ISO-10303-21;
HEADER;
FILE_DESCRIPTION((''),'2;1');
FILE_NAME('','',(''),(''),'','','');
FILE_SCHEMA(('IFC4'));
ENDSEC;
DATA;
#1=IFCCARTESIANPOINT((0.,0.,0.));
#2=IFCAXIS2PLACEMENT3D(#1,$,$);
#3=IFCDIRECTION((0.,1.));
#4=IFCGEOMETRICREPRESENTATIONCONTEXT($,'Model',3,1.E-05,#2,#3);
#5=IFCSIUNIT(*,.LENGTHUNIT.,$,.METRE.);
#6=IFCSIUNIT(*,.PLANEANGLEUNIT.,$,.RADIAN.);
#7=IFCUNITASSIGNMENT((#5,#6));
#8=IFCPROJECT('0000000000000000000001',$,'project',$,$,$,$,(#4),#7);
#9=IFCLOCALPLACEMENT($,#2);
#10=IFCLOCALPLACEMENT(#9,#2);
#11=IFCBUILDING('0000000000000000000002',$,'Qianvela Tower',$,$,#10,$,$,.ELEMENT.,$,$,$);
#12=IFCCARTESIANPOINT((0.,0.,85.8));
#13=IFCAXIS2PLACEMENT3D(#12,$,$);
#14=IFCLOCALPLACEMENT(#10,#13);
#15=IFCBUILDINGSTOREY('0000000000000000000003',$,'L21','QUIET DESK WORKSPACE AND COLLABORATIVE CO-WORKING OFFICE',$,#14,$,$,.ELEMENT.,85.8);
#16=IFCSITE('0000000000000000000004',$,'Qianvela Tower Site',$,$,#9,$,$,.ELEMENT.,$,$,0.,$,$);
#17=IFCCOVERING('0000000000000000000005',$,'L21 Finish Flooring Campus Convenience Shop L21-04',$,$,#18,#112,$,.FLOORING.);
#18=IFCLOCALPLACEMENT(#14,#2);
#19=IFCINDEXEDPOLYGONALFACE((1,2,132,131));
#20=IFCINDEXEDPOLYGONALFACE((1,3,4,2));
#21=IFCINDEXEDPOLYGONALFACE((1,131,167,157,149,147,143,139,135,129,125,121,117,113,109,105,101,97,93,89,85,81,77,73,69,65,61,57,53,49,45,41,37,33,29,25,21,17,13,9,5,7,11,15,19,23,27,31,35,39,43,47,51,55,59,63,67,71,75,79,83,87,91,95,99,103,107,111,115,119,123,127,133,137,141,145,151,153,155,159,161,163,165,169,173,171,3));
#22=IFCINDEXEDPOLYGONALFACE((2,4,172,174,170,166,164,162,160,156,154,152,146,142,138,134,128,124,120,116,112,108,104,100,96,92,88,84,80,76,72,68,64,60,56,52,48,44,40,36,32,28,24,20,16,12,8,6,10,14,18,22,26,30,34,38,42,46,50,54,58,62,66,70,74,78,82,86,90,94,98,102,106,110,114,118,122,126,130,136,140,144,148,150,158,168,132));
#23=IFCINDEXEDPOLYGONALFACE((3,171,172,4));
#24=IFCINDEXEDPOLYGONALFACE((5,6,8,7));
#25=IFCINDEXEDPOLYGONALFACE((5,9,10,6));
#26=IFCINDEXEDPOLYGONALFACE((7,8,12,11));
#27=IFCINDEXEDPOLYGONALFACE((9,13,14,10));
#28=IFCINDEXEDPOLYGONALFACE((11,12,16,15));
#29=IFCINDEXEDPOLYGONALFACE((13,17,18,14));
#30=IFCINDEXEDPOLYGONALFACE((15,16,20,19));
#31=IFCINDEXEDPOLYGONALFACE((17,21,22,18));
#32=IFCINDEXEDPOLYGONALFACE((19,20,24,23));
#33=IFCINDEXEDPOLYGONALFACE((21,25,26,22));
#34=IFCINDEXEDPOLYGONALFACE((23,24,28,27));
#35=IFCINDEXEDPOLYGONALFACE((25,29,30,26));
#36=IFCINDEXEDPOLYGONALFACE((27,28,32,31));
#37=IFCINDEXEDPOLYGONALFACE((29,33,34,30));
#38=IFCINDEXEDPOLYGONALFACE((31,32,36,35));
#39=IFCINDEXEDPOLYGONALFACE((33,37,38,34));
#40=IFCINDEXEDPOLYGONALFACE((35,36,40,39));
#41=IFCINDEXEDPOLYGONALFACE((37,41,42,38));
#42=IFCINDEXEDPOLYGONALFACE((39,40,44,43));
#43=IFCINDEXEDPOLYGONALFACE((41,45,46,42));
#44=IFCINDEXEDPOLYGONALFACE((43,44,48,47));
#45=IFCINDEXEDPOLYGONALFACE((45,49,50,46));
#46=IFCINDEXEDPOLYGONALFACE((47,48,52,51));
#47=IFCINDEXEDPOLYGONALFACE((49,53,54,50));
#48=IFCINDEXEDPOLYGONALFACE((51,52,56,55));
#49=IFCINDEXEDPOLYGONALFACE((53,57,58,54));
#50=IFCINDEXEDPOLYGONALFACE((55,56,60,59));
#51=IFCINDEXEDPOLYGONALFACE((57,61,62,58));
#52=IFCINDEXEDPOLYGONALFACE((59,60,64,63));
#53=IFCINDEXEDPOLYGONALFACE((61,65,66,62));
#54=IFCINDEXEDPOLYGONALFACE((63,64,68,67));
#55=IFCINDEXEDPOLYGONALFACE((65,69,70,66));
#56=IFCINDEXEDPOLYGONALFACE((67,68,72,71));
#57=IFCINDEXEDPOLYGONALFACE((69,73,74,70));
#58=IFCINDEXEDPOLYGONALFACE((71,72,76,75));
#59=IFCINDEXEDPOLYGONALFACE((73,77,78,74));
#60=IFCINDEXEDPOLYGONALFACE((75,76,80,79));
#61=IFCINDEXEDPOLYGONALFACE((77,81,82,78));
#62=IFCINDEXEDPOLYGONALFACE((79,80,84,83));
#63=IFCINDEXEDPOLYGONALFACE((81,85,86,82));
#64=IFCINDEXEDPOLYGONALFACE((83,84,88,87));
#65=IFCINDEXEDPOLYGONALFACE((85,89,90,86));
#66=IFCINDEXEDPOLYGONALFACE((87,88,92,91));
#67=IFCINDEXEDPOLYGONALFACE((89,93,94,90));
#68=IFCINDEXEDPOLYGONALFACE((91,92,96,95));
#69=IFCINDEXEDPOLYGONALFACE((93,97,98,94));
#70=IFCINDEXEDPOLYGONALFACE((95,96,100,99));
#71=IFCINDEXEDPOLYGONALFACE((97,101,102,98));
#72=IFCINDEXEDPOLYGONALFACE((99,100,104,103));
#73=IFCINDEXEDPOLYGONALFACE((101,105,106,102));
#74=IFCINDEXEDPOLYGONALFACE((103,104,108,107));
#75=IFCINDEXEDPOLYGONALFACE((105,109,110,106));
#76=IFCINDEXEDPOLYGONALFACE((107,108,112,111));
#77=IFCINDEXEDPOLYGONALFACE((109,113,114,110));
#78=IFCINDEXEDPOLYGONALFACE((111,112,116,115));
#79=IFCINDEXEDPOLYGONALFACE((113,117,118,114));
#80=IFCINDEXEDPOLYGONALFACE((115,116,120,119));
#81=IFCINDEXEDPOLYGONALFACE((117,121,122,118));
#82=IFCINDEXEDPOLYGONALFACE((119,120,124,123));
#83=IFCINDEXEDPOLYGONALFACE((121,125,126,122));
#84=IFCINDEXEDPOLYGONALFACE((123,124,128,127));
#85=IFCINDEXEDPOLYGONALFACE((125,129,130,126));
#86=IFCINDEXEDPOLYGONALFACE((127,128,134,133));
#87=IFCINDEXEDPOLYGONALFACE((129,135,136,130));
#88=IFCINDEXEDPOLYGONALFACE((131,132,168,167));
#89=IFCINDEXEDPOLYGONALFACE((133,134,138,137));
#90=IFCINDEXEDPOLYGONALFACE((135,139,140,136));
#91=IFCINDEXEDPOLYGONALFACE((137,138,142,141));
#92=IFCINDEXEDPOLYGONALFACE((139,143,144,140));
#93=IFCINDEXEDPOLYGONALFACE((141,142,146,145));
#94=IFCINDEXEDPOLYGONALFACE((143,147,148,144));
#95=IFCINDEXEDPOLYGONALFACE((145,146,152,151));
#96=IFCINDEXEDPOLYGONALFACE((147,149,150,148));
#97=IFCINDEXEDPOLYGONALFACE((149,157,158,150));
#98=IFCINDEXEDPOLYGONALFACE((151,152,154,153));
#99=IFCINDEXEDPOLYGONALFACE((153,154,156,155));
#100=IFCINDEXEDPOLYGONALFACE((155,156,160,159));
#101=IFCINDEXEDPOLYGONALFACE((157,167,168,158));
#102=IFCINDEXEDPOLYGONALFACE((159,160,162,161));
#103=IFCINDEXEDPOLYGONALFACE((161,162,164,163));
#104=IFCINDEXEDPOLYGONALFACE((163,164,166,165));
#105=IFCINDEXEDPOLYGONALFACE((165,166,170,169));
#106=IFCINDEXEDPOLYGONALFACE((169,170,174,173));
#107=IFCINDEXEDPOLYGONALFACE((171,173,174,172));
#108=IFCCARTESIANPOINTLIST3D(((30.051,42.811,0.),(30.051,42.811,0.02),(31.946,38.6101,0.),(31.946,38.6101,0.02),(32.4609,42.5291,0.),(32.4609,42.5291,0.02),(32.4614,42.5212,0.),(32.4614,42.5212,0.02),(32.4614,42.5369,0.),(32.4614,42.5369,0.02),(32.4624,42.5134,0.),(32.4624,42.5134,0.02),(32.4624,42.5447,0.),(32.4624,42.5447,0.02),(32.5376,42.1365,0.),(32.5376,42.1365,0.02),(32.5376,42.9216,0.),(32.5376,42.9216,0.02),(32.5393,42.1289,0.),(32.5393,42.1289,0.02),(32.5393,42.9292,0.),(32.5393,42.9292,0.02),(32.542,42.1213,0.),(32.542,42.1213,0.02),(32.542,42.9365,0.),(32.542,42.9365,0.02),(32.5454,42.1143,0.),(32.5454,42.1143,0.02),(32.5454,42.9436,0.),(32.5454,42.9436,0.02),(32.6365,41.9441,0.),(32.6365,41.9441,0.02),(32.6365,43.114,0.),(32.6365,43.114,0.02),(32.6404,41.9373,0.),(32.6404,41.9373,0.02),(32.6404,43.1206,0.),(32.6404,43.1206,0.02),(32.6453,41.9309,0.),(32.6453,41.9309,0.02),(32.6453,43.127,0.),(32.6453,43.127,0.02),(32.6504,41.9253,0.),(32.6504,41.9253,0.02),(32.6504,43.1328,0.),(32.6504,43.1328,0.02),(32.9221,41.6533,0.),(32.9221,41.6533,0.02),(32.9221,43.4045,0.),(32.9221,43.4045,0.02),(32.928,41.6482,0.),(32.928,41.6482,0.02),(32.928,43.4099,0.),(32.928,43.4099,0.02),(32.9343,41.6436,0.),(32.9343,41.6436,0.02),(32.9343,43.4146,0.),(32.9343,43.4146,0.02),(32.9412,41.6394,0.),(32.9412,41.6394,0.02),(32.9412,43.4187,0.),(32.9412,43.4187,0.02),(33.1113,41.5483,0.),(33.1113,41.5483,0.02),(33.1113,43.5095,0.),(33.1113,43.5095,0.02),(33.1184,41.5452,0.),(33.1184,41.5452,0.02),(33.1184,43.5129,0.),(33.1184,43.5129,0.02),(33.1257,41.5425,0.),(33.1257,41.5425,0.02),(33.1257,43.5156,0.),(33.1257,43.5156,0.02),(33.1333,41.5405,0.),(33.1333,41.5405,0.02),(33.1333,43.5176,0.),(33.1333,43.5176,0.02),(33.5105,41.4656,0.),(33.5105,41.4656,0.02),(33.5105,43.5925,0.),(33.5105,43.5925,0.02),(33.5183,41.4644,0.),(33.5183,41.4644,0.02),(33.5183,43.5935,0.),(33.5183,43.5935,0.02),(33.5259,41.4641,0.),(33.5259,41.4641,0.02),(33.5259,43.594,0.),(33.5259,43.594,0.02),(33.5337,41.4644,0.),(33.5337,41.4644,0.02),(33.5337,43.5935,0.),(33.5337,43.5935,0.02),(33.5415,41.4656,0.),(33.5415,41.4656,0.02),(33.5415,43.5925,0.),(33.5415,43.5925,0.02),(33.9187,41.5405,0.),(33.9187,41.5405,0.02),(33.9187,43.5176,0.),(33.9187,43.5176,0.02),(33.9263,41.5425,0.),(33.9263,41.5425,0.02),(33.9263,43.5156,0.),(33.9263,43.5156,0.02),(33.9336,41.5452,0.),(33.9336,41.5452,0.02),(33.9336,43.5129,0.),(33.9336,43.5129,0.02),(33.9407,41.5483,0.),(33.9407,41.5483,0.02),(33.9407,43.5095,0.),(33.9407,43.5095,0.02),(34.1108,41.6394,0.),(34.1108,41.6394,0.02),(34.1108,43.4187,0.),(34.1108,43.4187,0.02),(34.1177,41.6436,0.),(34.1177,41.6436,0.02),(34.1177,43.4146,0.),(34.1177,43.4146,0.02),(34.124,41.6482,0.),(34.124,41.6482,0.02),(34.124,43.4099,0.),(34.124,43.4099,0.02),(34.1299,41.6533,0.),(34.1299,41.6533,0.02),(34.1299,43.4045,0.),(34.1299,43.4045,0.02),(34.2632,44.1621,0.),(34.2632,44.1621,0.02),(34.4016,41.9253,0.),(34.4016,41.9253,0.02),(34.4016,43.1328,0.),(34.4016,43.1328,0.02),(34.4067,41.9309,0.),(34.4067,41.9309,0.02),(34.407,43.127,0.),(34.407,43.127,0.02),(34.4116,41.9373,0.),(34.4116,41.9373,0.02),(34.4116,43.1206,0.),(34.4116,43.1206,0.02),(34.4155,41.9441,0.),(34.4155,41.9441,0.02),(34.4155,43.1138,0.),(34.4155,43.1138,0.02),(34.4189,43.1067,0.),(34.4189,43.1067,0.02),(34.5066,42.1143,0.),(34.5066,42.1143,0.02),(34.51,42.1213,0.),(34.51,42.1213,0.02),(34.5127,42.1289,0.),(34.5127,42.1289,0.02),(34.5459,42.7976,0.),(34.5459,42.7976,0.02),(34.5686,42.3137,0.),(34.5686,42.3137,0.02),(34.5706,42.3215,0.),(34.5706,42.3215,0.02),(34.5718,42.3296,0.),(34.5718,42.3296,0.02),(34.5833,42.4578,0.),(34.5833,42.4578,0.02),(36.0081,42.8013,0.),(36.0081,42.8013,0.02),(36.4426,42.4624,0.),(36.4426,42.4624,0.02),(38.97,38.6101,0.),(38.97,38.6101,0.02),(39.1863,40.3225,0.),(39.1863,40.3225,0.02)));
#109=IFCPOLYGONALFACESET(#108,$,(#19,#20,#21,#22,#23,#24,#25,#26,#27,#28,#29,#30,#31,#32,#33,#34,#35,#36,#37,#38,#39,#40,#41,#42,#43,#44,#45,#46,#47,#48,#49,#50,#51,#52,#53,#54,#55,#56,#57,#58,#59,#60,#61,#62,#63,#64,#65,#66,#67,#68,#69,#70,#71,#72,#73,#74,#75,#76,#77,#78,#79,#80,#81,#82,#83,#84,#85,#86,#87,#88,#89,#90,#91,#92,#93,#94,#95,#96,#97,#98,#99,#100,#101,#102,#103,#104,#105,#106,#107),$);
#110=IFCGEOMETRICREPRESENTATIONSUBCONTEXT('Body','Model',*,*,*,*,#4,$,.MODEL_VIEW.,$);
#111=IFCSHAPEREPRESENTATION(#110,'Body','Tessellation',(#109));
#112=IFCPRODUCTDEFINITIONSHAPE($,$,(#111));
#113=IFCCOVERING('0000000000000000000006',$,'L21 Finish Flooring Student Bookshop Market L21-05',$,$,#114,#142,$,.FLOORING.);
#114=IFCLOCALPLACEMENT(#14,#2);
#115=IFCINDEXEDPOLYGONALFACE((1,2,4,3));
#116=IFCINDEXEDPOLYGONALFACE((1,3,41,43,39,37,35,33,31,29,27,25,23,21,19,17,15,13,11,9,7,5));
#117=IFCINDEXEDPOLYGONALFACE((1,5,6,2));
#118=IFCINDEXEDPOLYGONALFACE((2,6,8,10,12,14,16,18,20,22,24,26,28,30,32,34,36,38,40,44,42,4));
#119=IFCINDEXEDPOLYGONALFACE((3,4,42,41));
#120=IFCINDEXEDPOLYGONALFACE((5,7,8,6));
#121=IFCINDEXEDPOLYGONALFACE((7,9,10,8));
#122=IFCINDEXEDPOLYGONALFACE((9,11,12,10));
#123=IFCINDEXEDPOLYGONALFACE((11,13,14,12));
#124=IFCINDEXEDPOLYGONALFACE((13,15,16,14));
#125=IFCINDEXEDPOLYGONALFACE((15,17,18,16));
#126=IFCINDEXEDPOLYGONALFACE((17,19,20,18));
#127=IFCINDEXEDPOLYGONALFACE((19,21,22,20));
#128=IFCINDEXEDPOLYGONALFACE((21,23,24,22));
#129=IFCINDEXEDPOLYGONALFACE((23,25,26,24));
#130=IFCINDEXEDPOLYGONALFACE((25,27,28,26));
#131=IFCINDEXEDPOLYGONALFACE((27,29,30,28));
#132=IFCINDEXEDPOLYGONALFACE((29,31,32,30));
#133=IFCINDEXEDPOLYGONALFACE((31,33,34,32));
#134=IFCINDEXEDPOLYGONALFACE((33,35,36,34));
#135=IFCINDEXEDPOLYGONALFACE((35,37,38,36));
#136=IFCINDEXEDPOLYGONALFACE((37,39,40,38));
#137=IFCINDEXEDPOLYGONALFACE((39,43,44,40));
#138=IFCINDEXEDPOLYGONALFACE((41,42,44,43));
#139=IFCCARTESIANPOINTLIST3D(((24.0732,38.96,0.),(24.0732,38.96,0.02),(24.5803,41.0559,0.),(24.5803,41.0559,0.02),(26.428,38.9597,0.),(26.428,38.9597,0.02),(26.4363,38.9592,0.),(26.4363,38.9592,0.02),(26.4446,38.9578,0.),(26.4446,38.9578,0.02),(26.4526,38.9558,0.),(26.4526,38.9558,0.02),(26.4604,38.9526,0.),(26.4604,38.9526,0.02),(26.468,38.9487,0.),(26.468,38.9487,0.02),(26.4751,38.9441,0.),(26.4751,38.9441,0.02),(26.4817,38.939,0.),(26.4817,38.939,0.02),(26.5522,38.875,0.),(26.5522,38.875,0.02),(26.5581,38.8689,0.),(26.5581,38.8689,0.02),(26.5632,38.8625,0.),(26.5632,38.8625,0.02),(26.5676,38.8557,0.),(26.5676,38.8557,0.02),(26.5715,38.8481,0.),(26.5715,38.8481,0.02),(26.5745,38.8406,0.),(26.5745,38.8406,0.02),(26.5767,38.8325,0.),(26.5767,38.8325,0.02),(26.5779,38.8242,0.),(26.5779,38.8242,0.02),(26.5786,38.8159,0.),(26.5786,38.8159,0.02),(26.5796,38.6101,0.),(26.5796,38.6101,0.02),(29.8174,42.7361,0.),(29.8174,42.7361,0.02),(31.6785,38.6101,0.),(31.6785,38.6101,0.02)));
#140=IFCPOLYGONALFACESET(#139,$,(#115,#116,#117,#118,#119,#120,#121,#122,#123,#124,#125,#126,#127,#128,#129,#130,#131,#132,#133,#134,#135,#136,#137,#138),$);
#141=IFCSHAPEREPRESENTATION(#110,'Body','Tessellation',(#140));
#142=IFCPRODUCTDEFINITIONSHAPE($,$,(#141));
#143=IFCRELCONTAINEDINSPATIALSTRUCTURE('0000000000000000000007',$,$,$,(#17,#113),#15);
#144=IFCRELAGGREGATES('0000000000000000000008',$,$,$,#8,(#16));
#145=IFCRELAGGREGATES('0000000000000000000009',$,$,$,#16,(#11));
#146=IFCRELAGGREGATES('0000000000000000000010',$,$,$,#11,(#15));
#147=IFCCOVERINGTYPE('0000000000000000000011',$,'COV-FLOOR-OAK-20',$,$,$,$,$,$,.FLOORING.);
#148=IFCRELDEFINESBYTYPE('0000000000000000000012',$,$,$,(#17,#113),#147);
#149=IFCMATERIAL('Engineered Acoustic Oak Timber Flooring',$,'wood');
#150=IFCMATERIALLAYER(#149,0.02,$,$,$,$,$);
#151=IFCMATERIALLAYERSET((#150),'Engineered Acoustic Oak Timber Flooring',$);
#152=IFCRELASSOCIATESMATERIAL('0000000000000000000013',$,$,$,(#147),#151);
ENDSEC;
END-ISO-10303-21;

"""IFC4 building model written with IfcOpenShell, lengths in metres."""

from ifc_helpers import new_model, si_unit, direction, frame, origin, place, context, subcontext, project, spatial, polyline, outline, extrude, material, layer, layer_set, type_object, element, save


model = new_model("IFC4")

# Units and contexts
model_context = context("Model", 3, precision=1e-05, world=origin(), true_north=direction((0.0, 1.0)))
body_context = subcontext(model_context, "Body", "Model", "MODEL_VIEW")
ifc_project = project(units=[si_unit("LENGTHUNIT", "METRE"), si_unit("PLANEANGLEUNIT", "RADIAN")], contexts=[model_context])

# Site, building, storey
site_placement = place(None, origin())
site = spatial("IfcSite", under=ifc_project, at=site_placement, Name="Qianvela Tower Site", CompositionType="ELEMENT", RefElevation=0.0)
building_placement = place(site_placement, origin())
building = spatial("IfcBuilding", under=site, at=building_placement, Name="Qianvela Tower", CompositionType="ELEMENT")
storey_placement = place(building_placement, frame((0.0, 0.0, 85.8)))
storey = spatial("IfcBuildingStorey", under=building, at=storey_placement, Name="L21", Description="QUIET DESK WORKSPACE AND COLLABORATIVE CO-WORKING OFFICE", CompositionType="ELEMENT", Elevation=85.8)

# Coverings
ifc_material_1 = material(Name="Engineered Acoustic Oak Timber Flooring", Category="wood")
ifc_layer_1 = layer(ifc_material_1, 0.02)
ifc_layer_set_1 = layer_set([ifc_layer_1], Name="Engineered Acoustic Oak Timber Flooring")
covering_type_1 = type_object("IfcCoveringType", Name="COV-FLOOR-OAK-20", PredefinedType="FLOORING", material=ifc_layer_set_1)
covering_1_placement = place(storey_placement, origin())
element("IfcCovering", 1, at=covering_1_placement, inside=storey, type_object=covering_type_1, Name="L21 Finish Flooring Campus Convenience Shop L21-04", PredefinedType="FLOORING", context=body_context, shape_type="SweptSolid", body=[
    extrude(outline(polyline([(31.946, 38.6101), (30.051, 42.811), (34.2632, 44.1621), (36.0081, 42.8013), (34.5459, 42.7976), (34.4189, 43.1067), (34.4155, 43.1138), (34.4116, 43.1206), (34.407, 43.127), (34.4016, 43.1328), (34.1299, 43.4045), (34.124, 43.4099), (34.1177, 43.4146), (34.1108, 43.4187), (33.9407, 43.5095), (33.9336, 43.5129), (33.9263, 43.5156), (33.9187, 43.5176), (33.5415, 43.5925), (33.5337, 43.5935), (33.5259, 43.594), (33.5183, 43.5935), (33.5105, 43.5925), (33.1333, 43.5176), (33.1257, 43.5156), (33.1184, 43.5129), (33.1113, 43.5095), (32.9412, 43.4187), (32.9343, 43.4146), (32.928, 43.4099), (32.9221, 43.4045), (32.6504, 43.1328), (32.6453, 43.127), (32.6404, 43.1206), (32.6365, 43.114), (32.5454, 42.9436), (32.542, 42.9365), (32.5393, 42.9292), (32.5376, 42.9216), (32.4624, 42.5447), (32.4614, 42.5369), (32.4609, 42.5291), (32.4614, 42.5212), (32.4624, 42.5134), (32.5376, 42.1365), (32.5393, 42.1289), (32.542, 42.1213), (32.5454, 42.1143), (32.6365, 41.9441), (32.6404, 41.9373), (32.6453, 41.9309), (32.6504, 41.9253), (32.9221, 41.6533), (32.928, 41.6482), (32.9343, 41.6436), (32.9412, 41.6394), (33.1113, 41.5483), (33.1184, 41.5452), (33.1257, 41.5425), (33.1333, 41.5405), (33.5105, 41.4656), (33.5183, 41.4644), (33.5259, 41.4641), (33.5337, 41.4644), (33.5415, 41.4656), (33.9187, 41.5405), (33.9263, 41.5425), (33.9336, 41.5452), (33.9407, 41.5483), (34.1108, 41.6394), (34.1177, 41.6436), (34.124, 41.6482), (34.1299, 41.6533), (34.4016, 41.9253), (34.4067, 41.9309), (34.4116, 41.9373), (34.4155, 41.9441), (34.5066, 42.1143), (34.51, 42.1213), (34.5127, 42.1289), (34.5686, 42.3137), (34.5706, 42.3215), (34.5718, 42.3296), (34.5833, 42.4578), (36.4426, 42.4624), (39.1863, 40.3225), (38.97, 38.6101), (31.946, 38.6101)])), origin(), (0.0, 0.0, 1.0), 0.02),
])
covering_2_placement = place(storey_placement, origin())
element("IfcCovering", 2, at=covering_2_placement, inside=storey, type_object=covering_type_1, Name="L21 Finish Flooring Student Bookshop Market L21-05", PredefinedType="FLOORING", context=body_context, shape_type="SweptSolid", body=[
    extrude(outline(polyline([(31.6785, 38.6101), (26.5796, 38.6101), (26.5786, 38.8159), (26.5779, 38.8242), (26.5767, 38.8325), (26.5745, 38.8406), (26.5715, 38.8481), (26.5676, 38.8557), (26.5632, 38.8625), (26.5581, 38.8689), (26.5522, 38.875), (26.4817, 38.939), (26.4751, 38.9441), (26.468, 38.9487), (26.4604, 38.9526), (26.4526, 38.9558), (26.4446, 38.9578), (26.4363, 38.9592), (26.428, 38.9597), (24.0732, 38.96), (24.5803, 41.0559), (29.8174, 42.7361), (31.6785, 38.6101)])), origin(), (0.0, 0.0, 1.0), 0.02),
])

save(model, "model.ifc")
